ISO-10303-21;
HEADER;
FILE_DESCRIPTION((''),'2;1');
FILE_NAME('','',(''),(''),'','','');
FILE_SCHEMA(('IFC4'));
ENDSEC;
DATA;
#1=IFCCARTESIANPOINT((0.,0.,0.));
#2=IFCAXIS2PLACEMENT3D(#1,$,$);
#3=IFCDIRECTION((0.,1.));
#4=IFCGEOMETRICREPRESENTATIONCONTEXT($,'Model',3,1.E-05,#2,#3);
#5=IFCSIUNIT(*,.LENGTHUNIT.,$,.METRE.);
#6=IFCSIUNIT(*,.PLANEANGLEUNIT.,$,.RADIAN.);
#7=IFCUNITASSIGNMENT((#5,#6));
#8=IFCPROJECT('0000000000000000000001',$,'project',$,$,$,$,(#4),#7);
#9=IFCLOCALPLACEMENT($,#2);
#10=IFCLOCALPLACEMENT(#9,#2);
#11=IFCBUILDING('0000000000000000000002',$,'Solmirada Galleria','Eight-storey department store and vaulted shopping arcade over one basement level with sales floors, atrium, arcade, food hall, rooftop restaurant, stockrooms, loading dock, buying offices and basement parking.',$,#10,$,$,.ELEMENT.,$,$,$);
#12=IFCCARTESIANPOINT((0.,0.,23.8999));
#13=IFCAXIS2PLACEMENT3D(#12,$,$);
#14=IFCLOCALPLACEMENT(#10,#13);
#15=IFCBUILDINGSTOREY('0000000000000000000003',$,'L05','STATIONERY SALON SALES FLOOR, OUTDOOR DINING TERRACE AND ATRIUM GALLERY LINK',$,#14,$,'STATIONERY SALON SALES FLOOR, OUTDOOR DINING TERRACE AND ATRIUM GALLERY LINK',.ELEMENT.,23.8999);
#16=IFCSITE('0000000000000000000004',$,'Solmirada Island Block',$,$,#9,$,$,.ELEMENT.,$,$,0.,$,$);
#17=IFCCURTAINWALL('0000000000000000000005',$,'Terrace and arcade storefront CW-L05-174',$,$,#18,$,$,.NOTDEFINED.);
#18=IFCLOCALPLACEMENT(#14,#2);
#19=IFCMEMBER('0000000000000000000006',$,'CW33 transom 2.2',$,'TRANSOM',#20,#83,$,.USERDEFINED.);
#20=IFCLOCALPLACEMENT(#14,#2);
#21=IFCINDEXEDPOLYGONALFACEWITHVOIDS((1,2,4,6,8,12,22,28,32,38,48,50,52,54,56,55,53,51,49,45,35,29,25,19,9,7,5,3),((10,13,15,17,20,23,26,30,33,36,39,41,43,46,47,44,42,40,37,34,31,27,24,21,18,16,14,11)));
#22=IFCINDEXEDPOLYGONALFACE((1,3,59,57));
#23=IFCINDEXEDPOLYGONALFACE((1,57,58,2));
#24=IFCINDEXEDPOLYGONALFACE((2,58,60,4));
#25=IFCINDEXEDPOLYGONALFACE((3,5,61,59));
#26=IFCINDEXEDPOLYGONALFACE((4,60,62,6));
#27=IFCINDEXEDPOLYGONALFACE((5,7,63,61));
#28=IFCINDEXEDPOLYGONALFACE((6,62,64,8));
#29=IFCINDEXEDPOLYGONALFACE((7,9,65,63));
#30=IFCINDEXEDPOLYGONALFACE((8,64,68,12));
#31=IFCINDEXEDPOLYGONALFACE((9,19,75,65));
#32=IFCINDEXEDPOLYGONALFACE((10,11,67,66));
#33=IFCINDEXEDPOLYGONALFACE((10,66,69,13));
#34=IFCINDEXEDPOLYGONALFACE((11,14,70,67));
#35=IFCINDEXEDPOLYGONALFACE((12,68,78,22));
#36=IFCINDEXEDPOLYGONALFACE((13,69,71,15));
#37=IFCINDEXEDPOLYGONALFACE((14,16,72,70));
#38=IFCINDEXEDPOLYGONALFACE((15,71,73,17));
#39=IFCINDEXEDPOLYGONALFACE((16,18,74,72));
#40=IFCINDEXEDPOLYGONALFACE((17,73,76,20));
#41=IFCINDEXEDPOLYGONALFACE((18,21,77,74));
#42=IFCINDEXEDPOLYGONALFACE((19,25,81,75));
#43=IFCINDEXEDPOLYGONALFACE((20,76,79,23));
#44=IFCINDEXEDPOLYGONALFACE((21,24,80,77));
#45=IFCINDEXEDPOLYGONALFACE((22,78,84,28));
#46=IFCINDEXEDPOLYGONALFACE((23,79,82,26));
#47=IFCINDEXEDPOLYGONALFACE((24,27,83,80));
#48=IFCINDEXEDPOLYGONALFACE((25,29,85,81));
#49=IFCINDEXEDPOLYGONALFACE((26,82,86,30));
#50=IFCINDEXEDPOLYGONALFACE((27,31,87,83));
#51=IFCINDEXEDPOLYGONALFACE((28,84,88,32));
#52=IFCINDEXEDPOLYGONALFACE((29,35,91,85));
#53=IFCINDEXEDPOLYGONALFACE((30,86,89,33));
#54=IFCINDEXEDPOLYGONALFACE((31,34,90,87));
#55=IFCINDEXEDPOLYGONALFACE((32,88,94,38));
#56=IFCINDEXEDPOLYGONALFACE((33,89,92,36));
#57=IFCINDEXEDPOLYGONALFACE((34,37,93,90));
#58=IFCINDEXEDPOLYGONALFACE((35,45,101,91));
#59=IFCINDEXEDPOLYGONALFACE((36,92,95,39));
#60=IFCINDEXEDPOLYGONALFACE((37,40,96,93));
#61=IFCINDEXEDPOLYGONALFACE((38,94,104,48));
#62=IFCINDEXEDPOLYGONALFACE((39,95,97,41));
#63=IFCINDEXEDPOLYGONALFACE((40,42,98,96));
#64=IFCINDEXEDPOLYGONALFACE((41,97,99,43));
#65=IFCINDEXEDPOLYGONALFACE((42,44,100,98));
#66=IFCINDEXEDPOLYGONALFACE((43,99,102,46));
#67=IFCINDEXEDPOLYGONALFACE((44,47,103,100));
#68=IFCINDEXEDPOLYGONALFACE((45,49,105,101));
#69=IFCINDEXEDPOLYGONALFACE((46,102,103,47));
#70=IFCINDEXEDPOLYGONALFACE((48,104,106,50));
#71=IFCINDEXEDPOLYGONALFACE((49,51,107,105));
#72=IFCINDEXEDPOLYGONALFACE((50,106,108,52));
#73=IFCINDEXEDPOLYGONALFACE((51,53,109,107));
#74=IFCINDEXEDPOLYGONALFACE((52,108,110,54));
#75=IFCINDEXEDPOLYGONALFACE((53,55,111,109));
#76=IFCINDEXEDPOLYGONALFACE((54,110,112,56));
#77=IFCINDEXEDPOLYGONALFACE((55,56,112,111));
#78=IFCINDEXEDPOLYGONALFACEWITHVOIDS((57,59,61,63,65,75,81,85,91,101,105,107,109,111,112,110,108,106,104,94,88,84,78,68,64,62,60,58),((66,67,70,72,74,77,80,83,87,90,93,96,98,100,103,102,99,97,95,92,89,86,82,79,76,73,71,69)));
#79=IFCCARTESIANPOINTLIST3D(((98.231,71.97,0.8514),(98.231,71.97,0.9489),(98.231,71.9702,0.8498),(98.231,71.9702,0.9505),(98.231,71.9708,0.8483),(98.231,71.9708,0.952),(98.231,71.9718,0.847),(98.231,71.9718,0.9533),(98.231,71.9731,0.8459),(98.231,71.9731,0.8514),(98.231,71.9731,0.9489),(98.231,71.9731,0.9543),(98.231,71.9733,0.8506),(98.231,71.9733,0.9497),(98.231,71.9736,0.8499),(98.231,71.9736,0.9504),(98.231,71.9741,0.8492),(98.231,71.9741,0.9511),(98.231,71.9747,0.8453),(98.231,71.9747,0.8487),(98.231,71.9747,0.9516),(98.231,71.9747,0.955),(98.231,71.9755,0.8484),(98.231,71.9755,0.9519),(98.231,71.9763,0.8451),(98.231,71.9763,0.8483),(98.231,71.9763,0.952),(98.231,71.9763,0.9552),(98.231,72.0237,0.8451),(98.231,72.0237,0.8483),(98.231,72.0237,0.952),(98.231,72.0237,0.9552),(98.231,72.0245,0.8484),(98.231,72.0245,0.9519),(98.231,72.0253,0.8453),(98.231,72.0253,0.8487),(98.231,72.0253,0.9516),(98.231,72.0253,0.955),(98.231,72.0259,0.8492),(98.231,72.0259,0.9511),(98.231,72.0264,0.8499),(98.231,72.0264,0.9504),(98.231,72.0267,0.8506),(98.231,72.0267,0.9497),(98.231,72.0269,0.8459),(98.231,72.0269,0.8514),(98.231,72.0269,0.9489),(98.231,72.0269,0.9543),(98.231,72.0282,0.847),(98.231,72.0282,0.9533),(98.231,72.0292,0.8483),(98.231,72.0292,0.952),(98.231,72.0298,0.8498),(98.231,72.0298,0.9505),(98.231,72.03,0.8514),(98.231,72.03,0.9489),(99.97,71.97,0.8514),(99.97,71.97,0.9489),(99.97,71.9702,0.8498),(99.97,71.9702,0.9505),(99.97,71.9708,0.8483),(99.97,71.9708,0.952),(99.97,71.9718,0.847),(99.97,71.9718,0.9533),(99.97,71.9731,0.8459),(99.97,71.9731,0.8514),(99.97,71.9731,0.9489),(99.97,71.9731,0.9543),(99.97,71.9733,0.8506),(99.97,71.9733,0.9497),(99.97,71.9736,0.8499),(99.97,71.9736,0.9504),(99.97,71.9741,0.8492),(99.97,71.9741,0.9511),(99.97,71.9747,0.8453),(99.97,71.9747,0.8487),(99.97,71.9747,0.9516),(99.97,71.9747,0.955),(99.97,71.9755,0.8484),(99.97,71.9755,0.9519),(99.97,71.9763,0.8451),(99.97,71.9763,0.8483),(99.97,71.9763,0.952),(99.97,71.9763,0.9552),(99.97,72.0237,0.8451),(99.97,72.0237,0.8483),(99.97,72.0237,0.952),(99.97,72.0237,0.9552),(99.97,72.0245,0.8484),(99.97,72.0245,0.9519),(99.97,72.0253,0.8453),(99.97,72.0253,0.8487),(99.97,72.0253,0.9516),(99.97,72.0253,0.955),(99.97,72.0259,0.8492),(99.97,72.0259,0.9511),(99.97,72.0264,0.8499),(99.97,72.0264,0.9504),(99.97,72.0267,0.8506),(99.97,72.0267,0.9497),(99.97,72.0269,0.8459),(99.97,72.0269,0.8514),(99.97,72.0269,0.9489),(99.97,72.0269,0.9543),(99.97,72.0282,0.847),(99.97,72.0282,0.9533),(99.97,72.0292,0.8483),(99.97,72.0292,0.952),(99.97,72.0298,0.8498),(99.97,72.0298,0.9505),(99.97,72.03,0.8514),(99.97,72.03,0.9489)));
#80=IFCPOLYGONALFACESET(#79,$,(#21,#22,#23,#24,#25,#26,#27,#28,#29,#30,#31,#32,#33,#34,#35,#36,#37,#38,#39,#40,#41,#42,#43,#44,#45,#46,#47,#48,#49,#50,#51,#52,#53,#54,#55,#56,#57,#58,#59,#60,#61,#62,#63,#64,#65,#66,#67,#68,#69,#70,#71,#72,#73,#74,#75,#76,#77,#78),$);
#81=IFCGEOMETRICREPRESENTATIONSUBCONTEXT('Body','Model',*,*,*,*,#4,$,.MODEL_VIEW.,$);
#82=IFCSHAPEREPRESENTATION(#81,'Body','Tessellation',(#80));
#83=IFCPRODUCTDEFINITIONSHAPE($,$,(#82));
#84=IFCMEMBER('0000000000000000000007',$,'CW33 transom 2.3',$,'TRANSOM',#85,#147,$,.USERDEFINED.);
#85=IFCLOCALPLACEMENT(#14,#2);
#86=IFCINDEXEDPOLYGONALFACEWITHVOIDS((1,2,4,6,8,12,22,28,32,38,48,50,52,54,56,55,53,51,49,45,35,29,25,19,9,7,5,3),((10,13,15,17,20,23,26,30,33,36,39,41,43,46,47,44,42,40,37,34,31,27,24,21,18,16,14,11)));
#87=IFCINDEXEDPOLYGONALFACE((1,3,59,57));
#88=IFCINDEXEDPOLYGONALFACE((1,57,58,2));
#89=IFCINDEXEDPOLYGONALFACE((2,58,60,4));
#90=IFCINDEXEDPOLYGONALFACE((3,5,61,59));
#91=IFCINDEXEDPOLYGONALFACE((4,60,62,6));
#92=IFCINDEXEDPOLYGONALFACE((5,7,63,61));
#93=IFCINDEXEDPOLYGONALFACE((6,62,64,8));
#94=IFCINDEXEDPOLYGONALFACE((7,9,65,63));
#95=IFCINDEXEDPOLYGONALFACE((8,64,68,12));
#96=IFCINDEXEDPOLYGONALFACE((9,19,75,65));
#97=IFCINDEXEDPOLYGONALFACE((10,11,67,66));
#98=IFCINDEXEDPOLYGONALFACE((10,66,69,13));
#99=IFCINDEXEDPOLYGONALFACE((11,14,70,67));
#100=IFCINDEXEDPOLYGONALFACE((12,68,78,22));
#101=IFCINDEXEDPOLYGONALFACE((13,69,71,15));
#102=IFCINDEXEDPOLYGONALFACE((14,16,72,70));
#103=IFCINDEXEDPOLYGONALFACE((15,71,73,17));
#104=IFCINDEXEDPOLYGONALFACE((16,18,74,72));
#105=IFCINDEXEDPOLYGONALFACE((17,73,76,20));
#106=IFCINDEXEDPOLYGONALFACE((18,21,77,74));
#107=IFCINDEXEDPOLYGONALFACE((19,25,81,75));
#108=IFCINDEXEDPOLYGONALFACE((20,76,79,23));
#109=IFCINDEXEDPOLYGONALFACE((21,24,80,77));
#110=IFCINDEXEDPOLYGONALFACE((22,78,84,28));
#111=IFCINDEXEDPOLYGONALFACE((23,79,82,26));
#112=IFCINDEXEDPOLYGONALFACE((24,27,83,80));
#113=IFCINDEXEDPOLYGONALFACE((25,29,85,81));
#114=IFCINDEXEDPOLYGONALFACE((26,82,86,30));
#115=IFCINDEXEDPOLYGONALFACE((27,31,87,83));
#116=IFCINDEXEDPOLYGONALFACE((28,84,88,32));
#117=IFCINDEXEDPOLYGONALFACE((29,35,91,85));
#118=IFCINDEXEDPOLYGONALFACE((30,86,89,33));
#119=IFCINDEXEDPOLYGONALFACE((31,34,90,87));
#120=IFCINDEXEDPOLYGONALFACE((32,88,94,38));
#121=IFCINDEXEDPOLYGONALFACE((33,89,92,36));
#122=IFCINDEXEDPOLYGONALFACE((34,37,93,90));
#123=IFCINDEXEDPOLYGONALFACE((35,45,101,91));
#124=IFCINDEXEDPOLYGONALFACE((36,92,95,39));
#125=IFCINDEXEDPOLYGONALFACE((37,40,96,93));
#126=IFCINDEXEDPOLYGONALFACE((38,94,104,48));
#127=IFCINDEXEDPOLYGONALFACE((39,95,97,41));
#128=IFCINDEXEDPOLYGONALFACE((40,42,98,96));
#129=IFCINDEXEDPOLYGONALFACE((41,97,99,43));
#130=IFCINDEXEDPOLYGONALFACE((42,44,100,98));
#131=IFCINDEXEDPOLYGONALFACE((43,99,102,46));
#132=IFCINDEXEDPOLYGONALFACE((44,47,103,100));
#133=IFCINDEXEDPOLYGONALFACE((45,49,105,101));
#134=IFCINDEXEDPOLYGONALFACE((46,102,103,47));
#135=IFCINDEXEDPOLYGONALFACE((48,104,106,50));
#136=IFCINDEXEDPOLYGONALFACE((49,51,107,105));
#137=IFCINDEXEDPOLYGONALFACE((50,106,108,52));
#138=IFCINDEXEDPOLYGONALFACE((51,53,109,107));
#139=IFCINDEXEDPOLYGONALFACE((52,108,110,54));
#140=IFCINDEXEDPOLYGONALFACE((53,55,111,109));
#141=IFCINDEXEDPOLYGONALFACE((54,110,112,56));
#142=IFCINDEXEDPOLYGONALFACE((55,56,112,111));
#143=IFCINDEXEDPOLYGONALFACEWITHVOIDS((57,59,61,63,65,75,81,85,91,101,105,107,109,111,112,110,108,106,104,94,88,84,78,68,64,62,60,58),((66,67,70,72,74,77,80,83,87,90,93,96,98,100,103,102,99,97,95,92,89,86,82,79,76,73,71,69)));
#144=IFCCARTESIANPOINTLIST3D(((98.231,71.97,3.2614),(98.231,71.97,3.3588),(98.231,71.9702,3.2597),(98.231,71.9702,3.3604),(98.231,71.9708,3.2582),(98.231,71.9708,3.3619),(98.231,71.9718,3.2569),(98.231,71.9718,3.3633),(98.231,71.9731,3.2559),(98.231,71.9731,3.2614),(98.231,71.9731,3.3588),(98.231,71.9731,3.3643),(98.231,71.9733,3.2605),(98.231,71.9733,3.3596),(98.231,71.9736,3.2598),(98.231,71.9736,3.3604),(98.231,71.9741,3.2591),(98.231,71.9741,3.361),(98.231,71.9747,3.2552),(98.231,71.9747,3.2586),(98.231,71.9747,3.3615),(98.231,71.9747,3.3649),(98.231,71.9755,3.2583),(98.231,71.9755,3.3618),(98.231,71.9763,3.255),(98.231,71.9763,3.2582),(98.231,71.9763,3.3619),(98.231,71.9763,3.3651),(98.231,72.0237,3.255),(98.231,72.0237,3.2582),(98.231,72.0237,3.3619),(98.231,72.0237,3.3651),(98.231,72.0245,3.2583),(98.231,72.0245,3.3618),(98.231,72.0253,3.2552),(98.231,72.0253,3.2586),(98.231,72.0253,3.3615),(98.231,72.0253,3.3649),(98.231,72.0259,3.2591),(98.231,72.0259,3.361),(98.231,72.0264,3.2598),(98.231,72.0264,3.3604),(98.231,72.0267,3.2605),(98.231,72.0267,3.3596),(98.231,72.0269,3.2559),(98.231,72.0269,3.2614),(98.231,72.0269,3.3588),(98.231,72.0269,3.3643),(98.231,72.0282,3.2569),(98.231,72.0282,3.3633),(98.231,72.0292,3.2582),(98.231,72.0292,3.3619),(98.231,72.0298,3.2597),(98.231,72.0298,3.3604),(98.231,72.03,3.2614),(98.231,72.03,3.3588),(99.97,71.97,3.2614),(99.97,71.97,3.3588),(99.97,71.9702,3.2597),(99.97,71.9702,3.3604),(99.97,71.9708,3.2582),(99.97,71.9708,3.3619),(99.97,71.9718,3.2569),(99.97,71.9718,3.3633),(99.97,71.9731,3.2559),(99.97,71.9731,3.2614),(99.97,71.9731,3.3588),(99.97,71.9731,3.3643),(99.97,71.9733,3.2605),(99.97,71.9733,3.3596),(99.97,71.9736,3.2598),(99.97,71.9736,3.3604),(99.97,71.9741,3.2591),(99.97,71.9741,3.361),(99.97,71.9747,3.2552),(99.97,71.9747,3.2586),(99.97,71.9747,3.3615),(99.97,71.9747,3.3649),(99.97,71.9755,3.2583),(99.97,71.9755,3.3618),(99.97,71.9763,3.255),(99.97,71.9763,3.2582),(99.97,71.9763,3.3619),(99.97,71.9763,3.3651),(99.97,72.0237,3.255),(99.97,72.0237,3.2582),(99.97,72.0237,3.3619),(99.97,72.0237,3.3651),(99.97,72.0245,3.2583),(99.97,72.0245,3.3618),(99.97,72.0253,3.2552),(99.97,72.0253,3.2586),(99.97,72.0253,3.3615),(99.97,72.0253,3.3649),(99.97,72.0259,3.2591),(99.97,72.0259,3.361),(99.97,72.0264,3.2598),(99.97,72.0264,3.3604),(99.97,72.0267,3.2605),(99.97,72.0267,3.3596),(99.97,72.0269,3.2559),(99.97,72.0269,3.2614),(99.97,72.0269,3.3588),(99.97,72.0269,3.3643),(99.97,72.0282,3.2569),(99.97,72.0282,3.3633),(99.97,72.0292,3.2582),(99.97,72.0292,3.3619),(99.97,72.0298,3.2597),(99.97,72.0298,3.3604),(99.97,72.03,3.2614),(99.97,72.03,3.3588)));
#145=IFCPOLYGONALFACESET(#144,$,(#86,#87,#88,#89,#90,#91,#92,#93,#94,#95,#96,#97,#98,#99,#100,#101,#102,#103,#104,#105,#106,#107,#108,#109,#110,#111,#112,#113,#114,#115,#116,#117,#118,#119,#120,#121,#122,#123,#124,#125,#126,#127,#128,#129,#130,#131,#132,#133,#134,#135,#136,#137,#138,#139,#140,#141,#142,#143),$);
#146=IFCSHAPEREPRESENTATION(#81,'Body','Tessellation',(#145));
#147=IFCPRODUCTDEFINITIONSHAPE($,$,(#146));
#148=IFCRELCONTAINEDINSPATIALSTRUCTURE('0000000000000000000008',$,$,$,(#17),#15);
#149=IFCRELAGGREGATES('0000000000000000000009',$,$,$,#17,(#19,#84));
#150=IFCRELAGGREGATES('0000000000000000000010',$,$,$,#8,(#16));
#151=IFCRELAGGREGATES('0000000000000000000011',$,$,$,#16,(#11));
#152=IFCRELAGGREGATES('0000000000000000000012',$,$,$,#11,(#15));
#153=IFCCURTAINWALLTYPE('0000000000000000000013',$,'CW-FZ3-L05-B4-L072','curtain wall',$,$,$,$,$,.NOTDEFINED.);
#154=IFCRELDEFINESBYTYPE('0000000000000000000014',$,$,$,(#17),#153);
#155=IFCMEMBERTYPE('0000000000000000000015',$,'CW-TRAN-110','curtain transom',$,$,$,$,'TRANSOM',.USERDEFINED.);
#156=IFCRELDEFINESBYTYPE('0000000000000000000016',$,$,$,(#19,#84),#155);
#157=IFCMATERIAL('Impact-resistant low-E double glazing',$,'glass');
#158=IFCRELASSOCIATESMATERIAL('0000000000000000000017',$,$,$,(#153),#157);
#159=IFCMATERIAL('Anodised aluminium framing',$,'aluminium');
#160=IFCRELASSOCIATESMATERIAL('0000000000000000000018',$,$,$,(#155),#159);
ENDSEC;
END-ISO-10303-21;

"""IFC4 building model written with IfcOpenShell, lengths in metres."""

from ifc_helpers import new_model, si_unit, direction, frame, origin, origin_2d, place, context, subcontext, project, spatial, hollow_rectangle, extrude, material, material_profile, profile_set, type_object, element, aggregate, save


model = new_model("IFC4")

# Units and contexts
model_context = context("Model", 3, precision=1e-05, world=origin(), true_north=direction((0.0, 1.0)))
body_context = subcontext(model_context, "Body", "Model", "MODEL_VIEW")
ifc_project = project(units=[si_unit("LENGTHUNIT", "METRE"), si_unit("PLANEANGLEUNIT", "RADIAN")], contexts=[model_context])

# Site, building, storey
site_placement = place(None, origin())
site = spatial("IfcSite", under=ifc_project, at=site_placement, Name="Solmirada Island Block", CompositionType="ELEMENT", RefElevation=0.0)
building_placement = place(site_placement, origin())
building = spatial("IfcBuilding", under=site, at=building_placement, Name="Solmirada Galleria", Description="Eight-storey department store and vaulted shopping arcade over one basement level with sales floors, atrium, arcade, food hall, rooftop restaurant, stockrooms, loading dock, buying offices and basement parking.", CompositionType="ELEMENT")
storey_placement = place(building_placement, frame((0.0, 0.0, 23.8999)))
storey = spatial("IfcBuildingStorey", under=building, at=storey_placement, Name="L05", Description="STATIONERY SALON SALES FLOOR, OUTDOOR DINING TERRACE AND ATRIUM GALLERY LINK", LongName="STATIONERY SALON SALES FLOOR, OUTDOOR DINING TERRACE AND ATRIUM GALLERY LINK", CompositionType="ELEMENT", Elevation=23.8999)

# Shared definitions
ifc_material_1 = material(Name="Impact-resistant low-E double glazing", Category="glass")
curtain_wall_type = type_object("IfcCurtainWallType", Name="CW-FZ3-L05-B4-L072", Description="curtain wall", PredefinedType="NOTDEFINED", material=ifc_material_1)
ifc_material_2 = material(Name="Anodised aluminium framing", Category="aluminium")

# Curtain wall, members
curtain_wall_1_placement = place(storey_placement, origin())
curtain_wall_1 = element("IfcCurtainWall", 1, at=curtain_wall_1_placement, inside=storey, type_object=curtain_wall_type, Name="Terrace and arcade storefront CW-L05-174", PredefinedType="NOTDEFINED")
ifc_material_profile_1 = material_profile(ifc_material_2, hollow_rectangle(XDim=0.0601, YDim=0.1101, WallThickness=0.0032, InnerFilletRadius=0.0032, OuterFilletRadius=0.0063, at=origin_2d()), Name="ALU-TRAN-110X60")
ifc_profile_set_1 = profile_set([ifc_material_profile_1], Name="Anodised aluminium framing")
member_type_1 = type_object("IfcMemberType", Name="CW-TRAN-110", Description="curtain transom", ElementType="TRANSOM", PredefinedType="USERDEFINED", material=ifc_profile_set_1)
member_1_placement = place(storey_placement, frame((98.231, 72.0, 0.9001), z_axis=(1.0, 0.0, 0.0), x_axis=(0.0, 1.0, 0.0)))
member_1 = element("IfcMember", 2, at=member_1_placement, type_object=member_type_1, Name="CW33 transom 2.2", ObjectType="TRANSOM", PredefinedType="USERDEFINED", context=body_context, shape_type="SweptSolid", body=[
    extrude(hollow_rectangle(XDim=0.0601, YDim=0.1101, WallThickness=0.0032, InnerFilletRadius=0.0032, OuterFilletRadius=0.0063, at=origin_2d()), origin(), (0.0, 0.0, 1.0), 1.739),
])
member_2_placement = place(storey_placement, frame((98.231, 72.0, 3.3101), z_axis=(1.0, 0.0, 0.0), x_axis=(0.0, 1.0, 0.0)))
member_2 = element("IfcMember", 3, at=member_2_placement, type_object=member_type_1, Name="CW33 transom 2.3", ObjectType="TRANSOM", PredefinedType="USERDEFINED", context=body_context, shape_type="SweptSolid", body=[
    extrude(hollow_rectangle(XDim=0.0601, YDim=0.1101, WallThickness=0.0032, InnerFilletRadius=0.0032, OuterFilletRadius=0.0063, at=origin_2d()), origin(), (0.0, 0.0, 1.0), 1.739),
])

aggregate(curtain_wall_1, [member_1, member_2])

save(model, "model.ifc")
